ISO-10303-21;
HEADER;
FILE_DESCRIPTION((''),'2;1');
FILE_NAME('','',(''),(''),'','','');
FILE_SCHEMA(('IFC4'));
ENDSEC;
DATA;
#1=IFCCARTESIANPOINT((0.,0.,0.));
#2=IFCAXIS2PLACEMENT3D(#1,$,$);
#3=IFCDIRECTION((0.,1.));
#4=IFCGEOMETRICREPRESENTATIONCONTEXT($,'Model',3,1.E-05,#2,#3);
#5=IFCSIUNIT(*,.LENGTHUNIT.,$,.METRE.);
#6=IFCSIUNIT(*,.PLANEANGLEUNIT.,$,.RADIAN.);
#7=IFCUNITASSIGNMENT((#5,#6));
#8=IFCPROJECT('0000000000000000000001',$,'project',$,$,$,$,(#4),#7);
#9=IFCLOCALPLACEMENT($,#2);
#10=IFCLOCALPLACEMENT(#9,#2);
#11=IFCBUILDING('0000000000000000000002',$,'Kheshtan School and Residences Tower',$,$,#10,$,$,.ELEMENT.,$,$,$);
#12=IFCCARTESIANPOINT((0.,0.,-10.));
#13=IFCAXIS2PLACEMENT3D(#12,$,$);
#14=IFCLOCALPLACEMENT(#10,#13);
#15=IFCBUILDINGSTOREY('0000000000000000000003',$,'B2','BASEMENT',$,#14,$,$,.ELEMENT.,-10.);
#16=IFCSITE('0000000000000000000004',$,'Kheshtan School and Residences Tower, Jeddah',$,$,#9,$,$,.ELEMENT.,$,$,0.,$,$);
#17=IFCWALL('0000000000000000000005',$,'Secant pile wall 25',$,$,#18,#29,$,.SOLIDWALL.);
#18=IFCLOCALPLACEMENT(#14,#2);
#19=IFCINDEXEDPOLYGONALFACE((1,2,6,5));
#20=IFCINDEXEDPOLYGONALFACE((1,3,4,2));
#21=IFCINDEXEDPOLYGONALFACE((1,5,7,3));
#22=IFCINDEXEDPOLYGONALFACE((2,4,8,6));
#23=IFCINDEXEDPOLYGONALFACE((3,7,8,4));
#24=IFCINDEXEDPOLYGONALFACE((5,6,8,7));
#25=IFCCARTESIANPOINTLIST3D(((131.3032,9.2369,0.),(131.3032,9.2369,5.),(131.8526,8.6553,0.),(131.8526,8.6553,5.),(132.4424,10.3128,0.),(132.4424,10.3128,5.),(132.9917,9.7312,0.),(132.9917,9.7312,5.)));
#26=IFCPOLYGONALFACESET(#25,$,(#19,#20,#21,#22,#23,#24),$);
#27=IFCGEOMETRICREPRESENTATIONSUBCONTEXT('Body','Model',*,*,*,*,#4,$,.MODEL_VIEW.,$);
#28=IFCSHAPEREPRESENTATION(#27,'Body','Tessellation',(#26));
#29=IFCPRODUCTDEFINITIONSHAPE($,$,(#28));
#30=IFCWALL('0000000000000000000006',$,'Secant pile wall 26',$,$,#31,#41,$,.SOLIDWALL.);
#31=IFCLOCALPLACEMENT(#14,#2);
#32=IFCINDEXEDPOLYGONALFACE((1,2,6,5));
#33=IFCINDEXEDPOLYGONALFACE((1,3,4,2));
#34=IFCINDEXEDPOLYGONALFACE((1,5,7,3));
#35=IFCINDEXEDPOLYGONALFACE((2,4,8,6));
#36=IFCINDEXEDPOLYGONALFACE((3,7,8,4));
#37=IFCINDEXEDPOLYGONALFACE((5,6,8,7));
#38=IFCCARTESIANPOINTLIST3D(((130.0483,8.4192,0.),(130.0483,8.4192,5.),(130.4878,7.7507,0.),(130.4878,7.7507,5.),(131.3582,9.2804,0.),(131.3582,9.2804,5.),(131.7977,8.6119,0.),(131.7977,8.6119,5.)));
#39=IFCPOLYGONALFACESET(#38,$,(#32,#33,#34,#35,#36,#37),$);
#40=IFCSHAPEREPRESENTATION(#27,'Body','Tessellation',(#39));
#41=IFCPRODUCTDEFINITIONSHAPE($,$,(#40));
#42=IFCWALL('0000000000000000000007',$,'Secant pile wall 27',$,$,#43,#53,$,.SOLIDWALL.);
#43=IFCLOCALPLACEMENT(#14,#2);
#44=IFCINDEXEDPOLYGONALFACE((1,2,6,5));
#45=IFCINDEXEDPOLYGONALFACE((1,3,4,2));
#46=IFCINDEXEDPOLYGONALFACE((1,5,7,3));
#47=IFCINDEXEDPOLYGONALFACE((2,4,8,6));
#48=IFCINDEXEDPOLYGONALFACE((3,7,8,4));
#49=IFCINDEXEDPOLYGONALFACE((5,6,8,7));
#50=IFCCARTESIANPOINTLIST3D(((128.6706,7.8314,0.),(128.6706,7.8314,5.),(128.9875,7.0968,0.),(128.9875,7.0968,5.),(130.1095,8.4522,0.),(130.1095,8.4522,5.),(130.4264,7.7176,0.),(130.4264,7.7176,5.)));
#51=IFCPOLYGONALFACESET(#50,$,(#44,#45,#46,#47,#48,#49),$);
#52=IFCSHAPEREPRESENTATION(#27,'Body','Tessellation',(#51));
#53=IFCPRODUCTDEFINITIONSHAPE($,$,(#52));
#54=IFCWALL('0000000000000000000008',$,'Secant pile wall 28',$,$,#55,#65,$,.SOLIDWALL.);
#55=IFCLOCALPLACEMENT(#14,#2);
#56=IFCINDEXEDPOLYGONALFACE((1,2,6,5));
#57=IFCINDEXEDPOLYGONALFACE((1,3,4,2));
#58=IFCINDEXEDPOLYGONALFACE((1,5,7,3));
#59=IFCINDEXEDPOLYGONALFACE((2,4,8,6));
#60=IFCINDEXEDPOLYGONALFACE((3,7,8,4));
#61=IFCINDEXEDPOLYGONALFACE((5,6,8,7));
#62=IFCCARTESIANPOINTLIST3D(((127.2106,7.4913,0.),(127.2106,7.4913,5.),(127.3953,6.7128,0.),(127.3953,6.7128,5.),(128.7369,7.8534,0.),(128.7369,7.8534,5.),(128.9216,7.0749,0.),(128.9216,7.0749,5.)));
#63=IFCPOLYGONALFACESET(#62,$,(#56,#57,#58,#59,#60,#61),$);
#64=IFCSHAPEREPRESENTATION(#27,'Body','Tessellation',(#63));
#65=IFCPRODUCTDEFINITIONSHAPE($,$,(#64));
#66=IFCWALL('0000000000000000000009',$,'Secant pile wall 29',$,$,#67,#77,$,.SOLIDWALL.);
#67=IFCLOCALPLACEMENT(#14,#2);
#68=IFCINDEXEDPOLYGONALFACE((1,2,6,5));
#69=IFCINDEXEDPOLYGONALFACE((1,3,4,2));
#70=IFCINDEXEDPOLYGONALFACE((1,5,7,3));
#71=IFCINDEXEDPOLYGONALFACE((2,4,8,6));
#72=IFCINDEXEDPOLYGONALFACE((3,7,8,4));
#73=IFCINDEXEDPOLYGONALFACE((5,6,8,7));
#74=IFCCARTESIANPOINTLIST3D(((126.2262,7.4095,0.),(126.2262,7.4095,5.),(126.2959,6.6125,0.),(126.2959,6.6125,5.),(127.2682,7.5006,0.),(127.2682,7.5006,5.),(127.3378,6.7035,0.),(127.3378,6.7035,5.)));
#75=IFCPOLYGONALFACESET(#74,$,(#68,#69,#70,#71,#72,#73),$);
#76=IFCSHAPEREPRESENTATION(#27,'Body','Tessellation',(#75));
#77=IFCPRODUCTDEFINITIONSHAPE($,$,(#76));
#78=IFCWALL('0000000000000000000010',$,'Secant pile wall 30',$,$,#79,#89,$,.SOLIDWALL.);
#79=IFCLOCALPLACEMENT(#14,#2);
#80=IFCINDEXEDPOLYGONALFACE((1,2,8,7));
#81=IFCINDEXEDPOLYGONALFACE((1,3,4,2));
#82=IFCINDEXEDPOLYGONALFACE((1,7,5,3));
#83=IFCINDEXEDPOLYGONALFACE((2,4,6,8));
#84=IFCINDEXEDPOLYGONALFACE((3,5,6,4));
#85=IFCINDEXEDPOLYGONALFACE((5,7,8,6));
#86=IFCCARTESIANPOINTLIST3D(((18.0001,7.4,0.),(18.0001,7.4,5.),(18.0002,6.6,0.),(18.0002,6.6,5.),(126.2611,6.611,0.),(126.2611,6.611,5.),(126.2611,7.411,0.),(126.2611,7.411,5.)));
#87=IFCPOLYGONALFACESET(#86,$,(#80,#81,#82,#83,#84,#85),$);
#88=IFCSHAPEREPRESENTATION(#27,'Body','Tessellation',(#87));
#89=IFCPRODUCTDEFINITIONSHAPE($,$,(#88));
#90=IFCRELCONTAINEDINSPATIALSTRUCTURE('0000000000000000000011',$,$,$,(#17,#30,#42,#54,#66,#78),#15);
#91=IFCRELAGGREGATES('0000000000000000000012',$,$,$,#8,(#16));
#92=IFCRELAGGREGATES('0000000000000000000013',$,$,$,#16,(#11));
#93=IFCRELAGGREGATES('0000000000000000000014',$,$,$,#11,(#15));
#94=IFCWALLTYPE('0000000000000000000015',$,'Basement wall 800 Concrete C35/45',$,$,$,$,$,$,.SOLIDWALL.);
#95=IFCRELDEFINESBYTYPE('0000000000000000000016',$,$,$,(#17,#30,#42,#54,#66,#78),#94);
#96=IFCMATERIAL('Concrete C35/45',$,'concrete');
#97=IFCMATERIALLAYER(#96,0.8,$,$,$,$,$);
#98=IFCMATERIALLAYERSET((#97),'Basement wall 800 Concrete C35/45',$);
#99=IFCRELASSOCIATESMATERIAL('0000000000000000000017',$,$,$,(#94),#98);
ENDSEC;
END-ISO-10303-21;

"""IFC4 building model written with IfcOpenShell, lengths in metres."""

from ifc_helpers import new_model, si_unit, direction, frame, frame_2d, origin, place, context, subcontext, project, spatial, rectangle, extrude, material, layer, layer_set, type_object, element, save


model = new_model("IFC4")

# Units and contexts
model_context = context("Model", 3, precision=1e-05, world=origin(), true_north=direction((0.0, 1.0)))
body_context = subcontext(model_context, "Body", "Model", "MODEL_VIEW")
ifc_project = project(units=[si_unit("LENGTHUNIT", "METRE"), si_unit("PLANEANGLEUNIT", "RADIAN")], contexts=[model_context])

# Site, building, storey
site_placement = place(None, origin())
site = spatial("IfcSite", under=ifc_project, at=site_placement, Name="Kheshtan School and Residences Tower, Jeddah", CompositionType="ELEMENT", RefElevation=0.0)
building_placement = place(site_placement, origin())
building = spatial("IfcBuilding", under=site, at=building_placement, Name="Kheshtan School and Residences Tower", CompositionType="ELEMENT")
storey_placement = place(building_placement, frame((0.0, 0.0, -10.0)))
storey = spatial("IfcBuildingStorey", under=building, at=storey_placement, Name="B2", Description="BASEMENT", CompositionType="ELEMENT", Elevation=-10.0)

# Walls
ifc_material_1 = material(Name="Concrete C35/45", Category="concrete")
ifc_layer = layer(ifc_material_1, 0.8)
ifc_layer_set = layer_set([ifc_layer], Name="Basement wall 800 Concrete C35/45")
wall_type = type_object("IfcWallType", Name="Basement wall 800 Concrete C35/45", PredefinedType="SOLIDWALL", material=ifc_layer_set)
wall_1_placement = place(storey_placement, frame((132.717, 10.022, 0.0), z_axis=(0.0, 0.0, 1.0), x_axis=(-0.726996, -0.686642, 0.0)))
element("IfcWall", 1, at=wall_1_placement, inside=storey, type_object=wall_type, Name="Secant pile wall 25", PredefinedType="SOLIDWALL", context=body_context, shape_type="SweptSolid", body=[
    extrude(rectangle(XDim=1.5669, YDim=0.8, at=frame_2d((0.7834, 0.0))), origin(), (0.0, 0.0, 1.0), 5.0),
])
wall_2_placement = place(storey_placement, frame((131.5779, 8.946, 0.0), z_axis=(0.0, 0.0, 1.0), x_axis=(-0.835603, -0.549333, 0.0)))
element("IfcWall", 2, at=wall_2_placement, inside=storey, type_object=wall_type, Name="Secant pile wall 26", PredefinedType="SOLIDWALL", context=body_context, shape_type="SweptSolid", body=[
    extrude(rectangle(XDim=1.5676, YDim=0.8, at=frame_2d((0.7837, 0.0))), origin(), (0.0, 0.0, 1.0), 5.0),
])
wall_3_placement = place(storey_placement, frame((130.2681, 8.085, 0.0), z_axis=(0.0, 0.0, 1.0), x_axis=(-0.918183, -0.396155, 0.0)))
element("IfcWall", 3, at=wall_3_placement, inside=storey, type_object=wall_type, Name="Secant pile wall 27", PredefinedType="SOLIDWALL", context=body_context, shape_type="SweptSolid", body=[
    extrude(rectangle(XDim=1.5671, YDim=0.8, at=frame_2d((0.7837, 0.0))), origin(), (0.0, 0.0, 1.0), 5.0),
])
wall_4_placement = place(storey_placement, frame((128.8291, 7.4641, 0.0), z_axis=(0.0, 0.0, 1.0), x_axis=(-0.972993, -0.230835, 0.0)))
element("IfcWall", 4, at=wall_4_placement, inside=storey, type_object=wall_type, Name="Secant pile wall 28", PredefinedType="SOLIDWALL", context=body_context, shape_type="SweptSolid", body=[
    extrude(rectangle(XDim=1.5686, YDim=0.8, at=frame_2d((0.7842, 0.0))), origin(), (0.0, 0.0, 1.0), 5.0),
])
wall_5_placement = place(storey_placement, frame((127.303, 7.1021, 0.0), z_axis=(0.0, 0.0, 1.0), x_axis=(-0.996203, -0.087063, 0.0)))
element("IfcWall", 5, at=wall_5_placement, inside=storey, type_object=wall_type, Name="Secant pile wall 29", PredefinedType="SOLIDWALL", context=body_context, shape_type="SweptSolid", body=[
    extrude(rectangle(XDim=1.0459, YDim=0.8, at=frame_2d((0.5229, 0.0))), origin(), (0.0, 0.0, 1.0), 5.0),
])
wall_6_placement = place(storey_placement, frame((126.261, 7.011, 0.0), z_axis=(0.0, 0.0, 1.0), x_axis=(-1.0, -0.000101, 0.0)))
element("IfcWall", 6, at=wall_6_placement, inside=storey, type_object=wall_type, Name="Secant pile wall 30", PredefinedType="SOLIDWALL", context=body_context, shape_type="SweptSolid", body=[
    extrude(rectangle(XDim=108.261, YDim=0.8, at=frame_2d((54.1304, 0.0))), origin(), (0.0, 0.0, 1.0), 5.0),
])

save(model, "model.ifc")
